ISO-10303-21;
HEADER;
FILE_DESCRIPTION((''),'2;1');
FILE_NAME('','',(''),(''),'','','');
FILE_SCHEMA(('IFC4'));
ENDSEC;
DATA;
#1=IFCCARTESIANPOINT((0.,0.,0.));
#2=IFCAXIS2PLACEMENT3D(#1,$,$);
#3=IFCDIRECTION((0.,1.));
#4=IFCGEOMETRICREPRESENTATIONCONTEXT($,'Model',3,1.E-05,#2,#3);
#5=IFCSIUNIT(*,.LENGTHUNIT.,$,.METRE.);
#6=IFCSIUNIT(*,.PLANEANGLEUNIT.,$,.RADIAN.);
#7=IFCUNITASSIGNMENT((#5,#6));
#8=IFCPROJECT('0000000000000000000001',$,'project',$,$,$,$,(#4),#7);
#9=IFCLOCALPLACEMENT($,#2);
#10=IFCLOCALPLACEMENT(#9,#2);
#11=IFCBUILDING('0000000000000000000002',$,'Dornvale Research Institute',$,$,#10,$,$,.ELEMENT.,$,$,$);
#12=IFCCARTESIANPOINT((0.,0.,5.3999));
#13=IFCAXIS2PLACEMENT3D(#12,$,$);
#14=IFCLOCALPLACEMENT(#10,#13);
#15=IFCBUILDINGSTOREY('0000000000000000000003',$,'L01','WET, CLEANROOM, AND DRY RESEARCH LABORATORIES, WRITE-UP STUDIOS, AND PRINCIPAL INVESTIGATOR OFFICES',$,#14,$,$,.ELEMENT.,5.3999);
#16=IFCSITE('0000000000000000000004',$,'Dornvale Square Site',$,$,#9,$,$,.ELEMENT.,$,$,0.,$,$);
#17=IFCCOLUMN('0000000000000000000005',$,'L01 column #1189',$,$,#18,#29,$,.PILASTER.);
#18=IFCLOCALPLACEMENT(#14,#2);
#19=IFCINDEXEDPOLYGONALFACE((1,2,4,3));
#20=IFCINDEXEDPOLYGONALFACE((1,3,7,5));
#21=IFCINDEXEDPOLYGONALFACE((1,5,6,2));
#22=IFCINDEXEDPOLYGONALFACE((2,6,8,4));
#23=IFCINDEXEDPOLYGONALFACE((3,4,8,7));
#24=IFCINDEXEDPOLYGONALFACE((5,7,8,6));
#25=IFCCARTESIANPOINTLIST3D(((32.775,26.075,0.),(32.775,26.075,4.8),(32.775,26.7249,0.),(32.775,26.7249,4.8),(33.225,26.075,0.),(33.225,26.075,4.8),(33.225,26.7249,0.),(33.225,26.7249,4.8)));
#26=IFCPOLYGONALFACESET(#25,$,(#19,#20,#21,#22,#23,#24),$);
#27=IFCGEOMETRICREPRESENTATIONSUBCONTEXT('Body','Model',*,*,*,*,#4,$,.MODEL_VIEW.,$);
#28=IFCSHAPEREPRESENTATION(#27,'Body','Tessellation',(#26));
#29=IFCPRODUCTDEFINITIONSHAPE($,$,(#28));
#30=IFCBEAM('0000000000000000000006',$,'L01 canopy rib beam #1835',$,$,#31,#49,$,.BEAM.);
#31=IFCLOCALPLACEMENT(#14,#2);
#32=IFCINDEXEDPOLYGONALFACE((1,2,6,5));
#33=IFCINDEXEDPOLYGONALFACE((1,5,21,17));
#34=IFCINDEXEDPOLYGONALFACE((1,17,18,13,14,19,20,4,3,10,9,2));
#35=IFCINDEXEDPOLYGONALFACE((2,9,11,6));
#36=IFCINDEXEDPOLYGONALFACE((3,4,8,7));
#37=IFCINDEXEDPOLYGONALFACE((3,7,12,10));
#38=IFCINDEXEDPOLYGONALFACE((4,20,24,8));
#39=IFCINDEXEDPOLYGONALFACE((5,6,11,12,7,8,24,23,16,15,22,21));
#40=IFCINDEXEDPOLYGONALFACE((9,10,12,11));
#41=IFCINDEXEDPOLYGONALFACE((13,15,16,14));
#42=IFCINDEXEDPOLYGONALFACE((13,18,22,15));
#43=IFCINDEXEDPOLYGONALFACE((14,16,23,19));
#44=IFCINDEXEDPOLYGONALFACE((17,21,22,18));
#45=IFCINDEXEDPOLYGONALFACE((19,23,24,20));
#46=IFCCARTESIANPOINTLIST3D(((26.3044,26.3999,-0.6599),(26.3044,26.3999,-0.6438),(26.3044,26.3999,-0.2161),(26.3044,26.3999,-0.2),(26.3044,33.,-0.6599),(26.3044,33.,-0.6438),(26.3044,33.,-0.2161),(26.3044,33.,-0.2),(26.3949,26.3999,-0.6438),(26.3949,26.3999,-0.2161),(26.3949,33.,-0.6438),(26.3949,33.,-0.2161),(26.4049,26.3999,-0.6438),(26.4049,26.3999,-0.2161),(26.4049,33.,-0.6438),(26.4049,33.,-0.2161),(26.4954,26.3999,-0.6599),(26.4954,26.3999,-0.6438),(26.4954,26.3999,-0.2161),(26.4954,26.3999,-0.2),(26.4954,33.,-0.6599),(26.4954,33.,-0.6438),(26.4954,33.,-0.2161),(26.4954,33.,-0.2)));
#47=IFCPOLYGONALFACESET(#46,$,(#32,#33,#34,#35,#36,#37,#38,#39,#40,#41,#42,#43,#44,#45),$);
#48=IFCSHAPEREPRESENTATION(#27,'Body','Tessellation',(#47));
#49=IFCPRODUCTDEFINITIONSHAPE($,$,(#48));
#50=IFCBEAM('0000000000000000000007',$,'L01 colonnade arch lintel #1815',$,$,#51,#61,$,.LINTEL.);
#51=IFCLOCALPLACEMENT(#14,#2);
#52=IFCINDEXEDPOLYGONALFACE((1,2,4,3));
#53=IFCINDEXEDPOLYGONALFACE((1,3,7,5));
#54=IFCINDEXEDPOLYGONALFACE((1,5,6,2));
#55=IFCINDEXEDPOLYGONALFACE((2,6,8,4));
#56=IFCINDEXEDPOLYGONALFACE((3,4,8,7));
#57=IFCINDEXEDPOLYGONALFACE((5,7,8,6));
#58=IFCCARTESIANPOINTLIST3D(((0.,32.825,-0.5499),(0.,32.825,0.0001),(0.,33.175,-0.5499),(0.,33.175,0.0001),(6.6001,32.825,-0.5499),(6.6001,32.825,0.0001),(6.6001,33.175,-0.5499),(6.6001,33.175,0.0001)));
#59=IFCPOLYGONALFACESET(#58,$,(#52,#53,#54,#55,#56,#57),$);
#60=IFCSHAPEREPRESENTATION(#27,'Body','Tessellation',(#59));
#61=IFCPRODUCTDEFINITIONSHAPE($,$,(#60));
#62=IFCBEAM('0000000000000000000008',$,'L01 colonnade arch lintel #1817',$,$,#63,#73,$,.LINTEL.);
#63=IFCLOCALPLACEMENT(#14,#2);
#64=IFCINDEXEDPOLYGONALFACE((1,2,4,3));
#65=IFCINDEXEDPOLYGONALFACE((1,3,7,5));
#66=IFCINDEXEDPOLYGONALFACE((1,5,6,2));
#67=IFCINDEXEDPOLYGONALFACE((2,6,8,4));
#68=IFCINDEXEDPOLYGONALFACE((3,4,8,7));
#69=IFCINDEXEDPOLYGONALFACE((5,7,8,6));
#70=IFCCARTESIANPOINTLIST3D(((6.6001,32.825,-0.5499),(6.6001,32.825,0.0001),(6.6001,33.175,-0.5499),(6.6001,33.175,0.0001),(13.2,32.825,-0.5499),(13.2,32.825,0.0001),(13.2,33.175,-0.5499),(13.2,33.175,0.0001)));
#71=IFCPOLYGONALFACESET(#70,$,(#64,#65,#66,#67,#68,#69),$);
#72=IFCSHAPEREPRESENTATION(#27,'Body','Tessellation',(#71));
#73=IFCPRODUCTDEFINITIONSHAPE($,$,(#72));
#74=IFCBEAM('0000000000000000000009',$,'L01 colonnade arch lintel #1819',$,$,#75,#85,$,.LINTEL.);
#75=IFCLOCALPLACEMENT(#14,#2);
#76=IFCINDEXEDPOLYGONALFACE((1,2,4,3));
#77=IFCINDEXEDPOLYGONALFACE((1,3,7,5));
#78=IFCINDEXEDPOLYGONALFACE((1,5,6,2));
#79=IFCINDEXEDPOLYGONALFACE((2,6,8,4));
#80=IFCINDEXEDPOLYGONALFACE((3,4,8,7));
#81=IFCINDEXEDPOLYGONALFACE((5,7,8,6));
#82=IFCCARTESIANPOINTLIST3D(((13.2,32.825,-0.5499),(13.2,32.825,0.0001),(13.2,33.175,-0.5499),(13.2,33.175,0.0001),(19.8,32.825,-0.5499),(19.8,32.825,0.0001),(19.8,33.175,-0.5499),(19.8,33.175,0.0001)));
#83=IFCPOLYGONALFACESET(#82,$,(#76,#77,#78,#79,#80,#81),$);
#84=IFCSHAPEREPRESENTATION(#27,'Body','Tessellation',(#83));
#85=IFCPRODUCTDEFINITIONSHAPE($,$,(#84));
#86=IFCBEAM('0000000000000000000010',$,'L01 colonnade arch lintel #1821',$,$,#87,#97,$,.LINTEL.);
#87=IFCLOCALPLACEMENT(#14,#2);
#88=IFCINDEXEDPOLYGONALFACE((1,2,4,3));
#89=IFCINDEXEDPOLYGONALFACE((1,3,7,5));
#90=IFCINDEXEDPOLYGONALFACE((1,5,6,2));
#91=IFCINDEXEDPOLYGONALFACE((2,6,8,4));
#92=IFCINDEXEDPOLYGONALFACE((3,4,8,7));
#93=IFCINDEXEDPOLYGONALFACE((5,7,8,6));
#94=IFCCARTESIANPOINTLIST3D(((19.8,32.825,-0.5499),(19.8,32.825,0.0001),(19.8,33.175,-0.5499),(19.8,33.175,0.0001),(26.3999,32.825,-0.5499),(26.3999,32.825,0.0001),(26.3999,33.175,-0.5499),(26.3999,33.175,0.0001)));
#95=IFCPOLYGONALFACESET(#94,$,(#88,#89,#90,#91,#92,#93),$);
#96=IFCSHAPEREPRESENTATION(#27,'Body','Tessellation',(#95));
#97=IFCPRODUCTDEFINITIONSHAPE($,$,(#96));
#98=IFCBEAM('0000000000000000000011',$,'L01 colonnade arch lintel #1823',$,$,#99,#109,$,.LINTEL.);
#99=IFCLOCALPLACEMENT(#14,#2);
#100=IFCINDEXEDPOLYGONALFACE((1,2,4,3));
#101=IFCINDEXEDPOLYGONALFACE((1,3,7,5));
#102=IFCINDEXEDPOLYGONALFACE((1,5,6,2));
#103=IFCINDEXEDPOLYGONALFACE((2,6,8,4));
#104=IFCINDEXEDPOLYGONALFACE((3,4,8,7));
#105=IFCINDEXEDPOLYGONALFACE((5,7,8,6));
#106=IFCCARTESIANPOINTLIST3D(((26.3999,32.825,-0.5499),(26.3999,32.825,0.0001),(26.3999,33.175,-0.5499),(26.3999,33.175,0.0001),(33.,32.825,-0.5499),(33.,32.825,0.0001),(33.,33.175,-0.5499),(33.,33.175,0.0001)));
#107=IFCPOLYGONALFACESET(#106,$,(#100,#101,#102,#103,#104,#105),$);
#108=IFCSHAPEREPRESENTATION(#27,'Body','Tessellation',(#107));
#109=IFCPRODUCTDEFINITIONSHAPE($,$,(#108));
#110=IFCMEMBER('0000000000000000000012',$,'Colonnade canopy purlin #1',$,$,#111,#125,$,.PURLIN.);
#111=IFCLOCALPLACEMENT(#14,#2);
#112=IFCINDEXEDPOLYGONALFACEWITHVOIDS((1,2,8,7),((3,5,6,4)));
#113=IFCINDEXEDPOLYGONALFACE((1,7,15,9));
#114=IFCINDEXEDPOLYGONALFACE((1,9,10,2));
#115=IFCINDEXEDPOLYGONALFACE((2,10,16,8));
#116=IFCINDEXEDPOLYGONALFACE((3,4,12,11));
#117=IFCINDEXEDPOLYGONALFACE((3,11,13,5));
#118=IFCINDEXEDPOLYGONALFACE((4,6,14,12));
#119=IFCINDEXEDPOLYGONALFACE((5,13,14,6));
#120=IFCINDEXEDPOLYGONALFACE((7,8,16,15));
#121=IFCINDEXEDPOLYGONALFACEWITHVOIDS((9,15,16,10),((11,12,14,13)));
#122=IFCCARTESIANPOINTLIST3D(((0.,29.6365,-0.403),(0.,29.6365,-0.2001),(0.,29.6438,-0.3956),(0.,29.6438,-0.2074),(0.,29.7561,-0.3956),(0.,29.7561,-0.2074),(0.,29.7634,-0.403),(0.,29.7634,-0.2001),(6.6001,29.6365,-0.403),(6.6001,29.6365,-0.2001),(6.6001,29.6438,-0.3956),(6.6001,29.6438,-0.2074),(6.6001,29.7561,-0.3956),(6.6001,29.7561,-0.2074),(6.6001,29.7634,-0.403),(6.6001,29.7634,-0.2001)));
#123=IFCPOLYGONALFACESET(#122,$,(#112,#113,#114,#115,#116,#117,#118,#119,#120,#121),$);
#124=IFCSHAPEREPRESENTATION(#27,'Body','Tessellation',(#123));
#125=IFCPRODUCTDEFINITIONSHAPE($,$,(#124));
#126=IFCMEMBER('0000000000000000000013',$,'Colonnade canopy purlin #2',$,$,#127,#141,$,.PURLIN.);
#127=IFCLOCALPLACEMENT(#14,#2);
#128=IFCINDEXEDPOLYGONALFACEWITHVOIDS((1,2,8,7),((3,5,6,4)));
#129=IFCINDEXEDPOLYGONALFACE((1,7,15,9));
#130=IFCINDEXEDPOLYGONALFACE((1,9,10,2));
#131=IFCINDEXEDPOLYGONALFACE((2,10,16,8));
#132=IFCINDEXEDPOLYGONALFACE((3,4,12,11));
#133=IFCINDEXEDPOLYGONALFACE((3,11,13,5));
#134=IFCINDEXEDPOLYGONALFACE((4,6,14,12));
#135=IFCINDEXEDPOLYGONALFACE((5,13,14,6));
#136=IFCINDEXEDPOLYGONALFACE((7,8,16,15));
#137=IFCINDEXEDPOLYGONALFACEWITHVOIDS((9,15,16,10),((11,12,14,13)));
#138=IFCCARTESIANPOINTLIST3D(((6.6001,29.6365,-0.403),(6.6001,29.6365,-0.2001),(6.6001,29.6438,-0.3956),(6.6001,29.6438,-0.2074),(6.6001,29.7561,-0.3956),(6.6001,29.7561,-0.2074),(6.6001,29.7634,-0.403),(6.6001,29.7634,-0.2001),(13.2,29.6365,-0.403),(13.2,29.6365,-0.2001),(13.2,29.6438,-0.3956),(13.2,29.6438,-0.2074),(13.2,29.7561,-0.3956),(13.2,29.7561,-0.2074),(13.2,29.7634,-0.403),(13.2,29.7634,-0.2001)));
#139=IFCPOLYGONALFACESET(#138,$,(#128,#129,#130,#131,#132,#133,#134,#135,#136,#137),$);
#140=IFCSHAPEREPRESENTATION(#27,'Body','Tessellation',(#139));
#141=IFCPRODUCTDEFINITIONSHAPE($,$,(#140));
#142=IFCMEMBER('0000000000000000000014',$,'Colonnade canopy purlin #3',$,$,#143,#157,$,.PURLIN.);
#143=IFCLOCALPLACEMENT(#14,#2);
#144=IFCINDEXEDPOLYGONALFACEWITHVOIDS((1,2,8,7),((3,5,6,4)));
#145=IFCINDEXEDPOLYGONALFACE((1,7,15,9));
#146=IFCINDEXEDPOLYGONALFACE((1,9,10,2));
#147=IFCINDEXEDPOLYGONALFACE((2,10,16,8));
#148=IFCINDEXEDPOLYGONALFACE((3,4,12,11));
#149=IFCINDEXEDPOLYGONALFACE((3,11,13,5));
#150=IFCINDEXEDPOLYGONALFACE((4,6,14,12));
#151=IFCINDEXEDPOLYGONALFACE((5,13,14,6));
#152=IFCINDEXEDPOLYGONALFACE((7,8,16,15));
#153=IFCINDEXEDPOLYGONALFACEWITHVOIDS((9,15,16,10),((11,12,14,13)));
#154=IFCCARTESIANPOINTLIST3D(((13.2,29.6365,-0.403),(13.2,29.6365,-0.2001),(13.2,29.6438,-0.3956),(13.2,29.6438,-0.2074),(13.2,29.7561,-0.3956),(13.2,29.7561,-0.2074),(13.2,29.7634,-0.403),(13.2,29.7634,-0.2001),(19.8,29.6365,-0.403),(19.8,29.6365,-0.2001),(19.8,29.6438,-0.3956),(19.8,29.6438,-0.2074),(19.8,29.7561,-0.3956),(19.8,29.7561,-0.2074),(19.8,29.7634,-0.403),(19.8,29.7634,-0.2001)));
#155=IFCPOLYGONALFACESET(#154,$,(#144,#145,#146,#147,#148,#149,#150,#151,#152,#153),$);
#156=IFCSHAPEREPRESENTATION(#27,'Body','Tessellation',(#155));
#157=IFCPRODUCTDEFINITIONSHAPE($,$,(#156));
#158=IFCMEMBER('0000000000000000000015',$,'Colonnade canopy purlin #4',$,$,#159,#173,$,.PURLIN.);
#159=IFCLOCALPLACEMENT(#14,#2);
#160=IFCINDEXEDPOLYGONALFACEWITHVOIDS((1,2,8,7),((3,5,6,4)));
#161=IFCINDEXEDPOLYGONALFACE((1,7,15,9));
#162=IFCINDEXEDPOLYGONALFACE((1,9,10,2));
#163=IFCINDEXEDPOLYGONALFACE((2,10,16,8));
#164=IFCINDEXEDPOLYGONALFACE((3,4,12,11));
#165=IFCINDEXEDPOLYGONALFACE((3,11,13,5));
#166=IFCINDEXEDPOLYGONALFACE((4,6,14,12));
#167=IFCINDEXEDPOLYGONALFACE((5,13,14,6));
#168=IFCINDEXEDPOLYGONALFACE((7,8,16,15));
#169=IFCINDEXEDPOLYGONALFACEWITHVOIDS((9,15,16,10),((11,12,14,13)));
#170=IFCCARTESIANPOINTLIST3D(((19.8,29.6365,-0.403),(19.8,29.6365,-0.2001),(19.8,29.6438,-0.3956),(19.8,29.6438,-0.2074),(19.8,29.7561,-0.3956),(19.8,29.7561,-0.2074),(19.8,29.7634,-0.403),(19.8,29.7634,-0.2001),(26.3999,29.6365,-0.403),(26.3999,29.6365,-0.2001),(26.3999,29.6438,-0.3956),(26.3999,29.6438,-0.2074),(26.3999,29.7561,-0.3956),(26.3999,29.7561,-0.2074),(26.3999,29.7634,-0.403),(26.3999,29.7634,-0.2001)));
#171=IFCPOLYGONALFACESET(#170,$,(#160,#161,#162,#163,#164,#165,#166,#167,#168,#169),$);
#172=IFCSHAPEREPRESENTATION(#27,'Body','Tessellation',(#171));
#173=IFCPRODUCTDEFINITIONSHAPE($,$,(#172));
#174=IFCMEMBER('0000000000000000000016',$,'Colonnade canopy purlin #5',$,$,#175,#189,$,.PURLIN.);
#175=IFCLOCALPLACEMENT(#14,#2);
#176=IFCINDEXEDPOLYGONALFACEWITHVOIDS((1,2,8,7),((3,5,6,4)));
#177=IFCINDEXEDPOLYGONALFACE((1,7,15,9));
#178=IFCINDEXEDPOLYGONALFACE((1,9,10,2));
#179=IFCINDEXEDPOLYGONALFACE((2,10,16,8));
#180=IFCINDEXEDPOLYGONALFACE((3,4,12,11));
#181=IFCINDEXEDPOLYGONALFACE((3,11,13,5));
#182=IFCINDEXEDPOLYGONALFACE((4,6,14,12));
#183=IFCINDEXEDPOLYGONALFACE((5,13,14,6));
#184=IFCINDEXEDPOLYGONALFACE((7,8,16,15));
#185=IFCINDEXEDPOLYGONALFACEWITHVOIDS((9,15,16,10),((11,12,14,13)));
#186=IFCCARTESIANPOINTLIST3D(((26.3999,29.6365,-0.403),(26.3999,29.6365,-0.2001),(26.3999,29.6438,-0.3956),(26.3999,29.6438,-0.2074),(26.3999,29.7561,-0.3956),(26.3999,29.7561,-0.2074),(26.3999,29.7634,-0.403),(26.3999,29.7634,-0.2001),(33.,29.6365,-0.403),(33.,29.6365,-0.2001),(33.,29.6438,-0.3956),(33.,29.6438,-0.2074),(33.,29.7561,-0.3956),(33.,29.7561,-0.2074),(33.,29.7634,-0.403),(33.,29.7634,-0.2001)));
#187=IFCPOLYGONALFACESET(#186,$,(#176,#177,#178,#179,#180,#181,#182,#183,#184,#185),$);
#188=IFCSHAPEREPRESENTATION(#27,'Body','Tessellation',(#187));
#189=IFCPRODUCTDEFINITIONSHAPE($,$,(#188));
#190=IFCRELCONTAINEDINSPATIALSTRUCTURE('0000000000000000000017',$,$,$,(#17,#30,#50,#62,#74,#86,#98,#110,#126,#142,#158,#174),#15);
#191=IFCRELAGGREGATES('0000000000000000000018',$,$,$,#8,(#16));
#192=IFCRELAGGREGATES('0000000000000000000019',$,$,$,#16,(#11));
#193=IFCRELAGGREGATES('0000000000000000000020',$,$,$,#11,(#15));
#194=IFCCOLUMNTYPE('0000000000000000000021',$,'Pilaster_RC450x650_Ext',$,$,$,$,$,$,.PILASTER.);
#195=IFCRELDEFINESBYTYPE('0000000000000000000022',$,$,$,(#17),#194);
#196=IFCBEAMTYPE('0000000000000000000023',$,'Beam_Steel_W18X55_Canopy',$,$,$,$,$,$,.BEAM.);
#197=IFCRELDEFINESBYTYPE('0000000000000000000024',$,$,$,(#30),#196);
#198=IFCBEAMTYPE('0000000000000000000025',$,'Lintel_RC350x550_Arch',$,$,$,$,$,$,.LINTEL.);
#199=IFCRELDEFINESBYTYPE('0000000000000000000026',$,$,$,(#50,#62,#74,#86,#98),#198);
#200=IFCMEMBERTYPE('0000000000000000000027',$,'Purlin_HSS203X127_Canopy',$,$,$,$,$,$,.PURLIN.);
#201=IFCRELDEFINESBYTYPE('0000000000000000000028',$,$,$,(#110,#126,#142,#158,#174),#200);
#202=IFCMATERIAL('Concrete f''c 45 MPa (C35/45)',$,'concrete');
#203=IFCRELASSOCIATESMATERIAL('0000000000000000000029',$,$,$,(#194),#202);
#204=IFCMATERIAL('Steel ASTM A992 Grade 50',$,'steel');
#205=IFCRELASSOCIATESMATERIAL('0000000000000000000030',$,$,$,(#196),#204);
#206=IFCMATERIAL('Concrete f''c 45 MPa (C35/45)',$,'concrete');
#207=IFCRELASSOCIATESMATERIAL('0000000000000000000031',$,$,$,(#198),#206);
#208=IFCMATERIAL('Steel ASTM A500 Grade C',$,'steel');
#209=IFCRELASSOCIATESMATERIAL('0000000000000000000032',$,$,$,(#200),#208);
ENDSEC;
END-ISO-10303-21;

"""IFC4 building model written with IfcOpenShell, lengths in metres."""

from ifc_helpers import new_model, si_unit, direction, frame, origin, origin_2d, place, context, subcontext, project, spatial, rectangle, hollow_rectangle, i_section, extrude, material, material_profile, profile_set, type_object, element, save


model = new_model("IFC4")

# Units and contexts
model_context = context("Model", 3, precision=1e-05, world=origin(), true_north=direction((0.0, 1.0)))
body_context = subcontext(model_context, "Body", "Model", "MODEL_VIEW")
ifc_project = project(units=[si_unit("LENGTHUNIT", "METRE"), si_unit("PLANEANGLEUNIT", "RADIAN")], contexts=[model_context])

# Site, building, storey
site_placement = place(None, origin())
site = spatial("IfcSite", under=ifc_project, at=site_placement, Name="Dornvale Square Site", CompositionType="ELEMENT", RefElevation=0.0)
building_placement = place(site_placement, origin())
building = spatial("IfcBuilding", under=site, at=building_placement, Name="Dornvale Research Institute", CompositionType="ELEMENT")
storey_placement = place(building_placement, frame((0.0, 0.0, 5.3999)))
storey = spatial("IfcBuildingStorey", under=building, at=storey_placement, Name="L01", Description="WET, CLEANROOM, AND DRY RESEARCH LABORATORIES, WRITE-UP STUDIOS, AND PRINCIPAL INVESTIGATOR OFFICES", CompositionType="ELEMENT", Elevation=5.3999)

# Column
ifc_material_1 = material(Name="Concrete f'c 45 MPa (C35/45)", Category="concrete")
ifc_material_profile_1 = material_profile(ifc_material_1, rectangle(XDim=0.45, YDim=0.6499, at=origin_2d()), Name="RC 450x650")
ifc_profile_set_1 = profile_set([ifc_material_profile_1], Name="Concrete f'c 45 MPa (C35/45)")
column_type = type_object("IfcColumnType", Name="Pilaster_RC450x650_Ext", PredefinedType="PILASTER", material=ifc_profile_set_1)
column_placement = place(storey_placement, frame((33.0, 26.3999, 0.0), z_axis=(0.0, 0.0, 1.0), x_axis=(1.0, 0.0, 0.0)))
element("IfcColumn", 1, at=column_placement, inside=storey, type_object=column_type, Name="L01 column #1189", PredefinedType="PILASTER", context=body_context, shape_type="SweptSolid", body=[
    extrude(rectangle(XDim=0.45, YDim=0.6499, at=origin_2d()), origin(), (0.0, 0.0, 1.0), 4.8),
])

# Beams
ifc_material_2 = material(Name="Steel ASTM A992 Grade 50", Category="steel")
ifc_material_profile_2 = material_profile(ifc_material_2, i_section(OverallWidth=0.1909, OverallDepth=0.46, WebThickness=0.01, FlangeThickness=0.0161, at=origin_2d()), Name="W18X55")
ifc_profile_set_2 = profile_set([ifc_material_profile_2], Name="Steel ASTM A992 Grade 50")
beam_type_1 = type_object("IfcBeamType", Name="Beam_Steel_W18X55_Canopy", PredefinedType="BEAM", material=ifc_profile_set_2)
beam_1_placement = place(storey_placement, frame((26.3999, 26.3999, -0.4299), z_axis=(0.0, 1.0, 0.0), x_axis=(-1.0, 0.0, 0.0)))
element("IfcBeam", 2, at=beam_1_placement, inside=storey, type_object=beam_type_1, Name="L01 canopy rib beam #1835", PredefinedType="BEAM", context=body_context, shape_type="SweptSolid", body=[
    extrude(i_section(OverallWidth=0.1909, OverallDepth=0.46, WebThickness=0.01, FlangeThickness=0.0161, at=origin_2d()), origin(), (0.0, 0.0, 1.0), 6.6001),
])
ifc_material_3 = material(Name="Concrete f'c 45 MPa (C35/45)", Category="concrete")
ifc_material_profile_3 = material_profile(ifc_material_3, rectangle(XDim=0.3501, YDim=0.55, at=origin_2d()), Name="RC 350x550")
ifc_profile_set_3 = profile_set([ifc_material_profile_3], Name="Concrete f'c 45 MPa (C35/45)")
beam_type_2 = type_object("IfcBeamType", Name="Lintel_RC350x550_Arch", PredefinedType="LINTEL", material=ifc_profile_set_3)
beam_2_placement = place(storey_placement, frame((0.0, 33.0, -0.2749), z_axis=(1.0, 0.0, 0.0), x_axis=(0.0, 1.0, 0.0)))
element("IfcBeam", 3, at=beam_2_placement, inside=storey, type_object=beam_type_2, Name="L01 colonnade arch lintel #1815", PredefinedType="LINTEL", context=body_context, shape_type="SweptSolid", body=[
    extrude(rectangle(XDim=0.3501, YDim=0.55, at=origin_2d()), origin(), (0.0, 0.0, 1.0), 6.6001),
])
beam_3_placement = place(storey_placement, frame((6.6001, 33.0, -0.2749), z_axis=(1.0, 0.0, 0.0), x_axis=(0.0, 1.0, 0.0)))
element("IfcBeam", 4, at=beam_3_placement, inside=storey, type_object=beam_type_2, Name="L01 colonnade arch lintel #1817", PredefinedType="LINTEL", context=body_context, shape_type="SweptSolid", body=[
    extrude(rectangle(XDim=0.3501, YDim=0.55, at=origin_2d()), origin(), (0.0, 0.0, 1.0), 6.5999),
])
beam_4_placement = place(storey_placement, frame((13.2, 33.0, -0.2749), z_axis=(1.0, 0.0, 0.0), x_axis=(0.0, 1.0, 0.0)))
element("IfcBeam", 5, at=beam_4_placement, inside=storey, type_object=beam_type_2, Name="L01 colonnade arch lintel #1819", PredefinedType="LINTEL", context=body_context, shape_type="SweptSolid", body=[
    extrude(rectangle(XDim=0.3501, YDim=0.55, at=origin_2d()), origin(), (0.0, 0.0, 1.0), 6.6001),
])
beam_5_placement = place(storey_placement, frame((19.8, 33.0, -0.2749), z_axis=(1.0, 0.0, 0.0), x_axis=(0.0, 1.0, 0.0)))
element("IfcBeam", 6, at=beam_5_placement, inside=storey, type_object=beam_type_2, Name="L01 colonnade arch lintel #1821", PredefinedType="LINTEL", context=body_context, shape_type="SweptSolid", body=[
    extrude(rectangle(XDim=0.3501, YDim=0.55, at=origin_2d()), origin(), (0.0, 0.0, 1.0), 6.5999),
])
beam_6_placement = place(storey_placement, frame((26.3999, 33.0, -0.2749), z_axis=(1.0, 0.0, 0.0), x_axis=(0.0, 1.0, 0.0)))
element("IfcBeam", 7, at=beam_6_placement, inside=storey, type_object=beam_type_2, Name="L01 colonnade arch lintel #1823", PredefinedType="LINTEL", context=body_context, shape_type="SweptSolid", body=[
    extrude(rectangle(XDim=0.3501, YDim=0.55, at=origin_2d()), origin(), (0.0, 0.0, 1.0), 6.6001),
])

# Members
ifc_material_4 = material(Name="Steel ASTM A500 Grade C", Category="steel")
ifc_material_profile_4 = material_profile(ifc_material_4, hollow_rectangle(XDim=0.127, YDim=0.2029, WallThickness=0.0073, at=origin_2d()), Name="HSS203X127X7.9")
ifc_profile_set_4 = profile_set([ifc_material_profile_4], Name="Steel ASTM A500 Grade C")
member_type = type_object("IfcMemberType", Name="Purlin_HSS203X127_Canopy", PredefinedType="PURLIN", material=ifc_profile_set_4)
member_1_placement = place(storey_placement, frame((0.0, 29.7, -0.3015), z_axis=(1.0, 0.0, 0.0), x_axis=(0.0, 1.0, 0.0)))
element("IfcMember", 8, at=member_1_placement, inside=storey, type_object=member_type, Name="Colonnade canopy purlin #1", PredefinedType="PURLIN", context=body_context, shape_type="SweptSolid", body=[
    extrude(hollow_rectangle(XDim=0.127, YDim=0.2029, WallThickness=0.0073, at=origin_2d()), origin(), (0.0, 0.0, 1.0), 6.6001),
])
member_2_placement = place(storey_placement, frame((6.6001, 29.7, -0.3015), z_axis=(1.0, 0.0, 0.0), x_axis=(0.0, 1.0, 0.0)))
element("IfcMember", 9, at=member_2_placement, inside=storey, type_object=member_type, Name="Colonnade canopy purlin #2", PredefinedType="PURLIN", context=body_context, shape_type="SweptSolid", body=[
    extrude(hollow_rectangle(XDim=0.127, YDim=0.2029, WallThickness=0.0073, at=origin_2d()), origin(), (0.0, 0.0, 1.0), 6.5999),
])
member_3_placement = place(storey_placement, frame((13.2, 29.7, -0.3015), z_axis=(1.0, 0.0, 0.0), x_axis=(0.0, 1.0, 0.0)))
element("IfcMember", 10, at=member_3_placement, inside=storey, type_object=member_type, Name="Colonnade canopy purlin #3", PredefinedType="PURLIN", context=body_context, shape_type="SweptSolid", body=[
    extrude(hollow_rectangle(XDim=0.127, YDim=0.2029, WallThickness=0.0073, at=origin_2d()), origin(), (0.0, 0.0, 1.0), 6.6001),
])
member_4_placement = place(storey_placement, frame((19.8, 29.7, -0.3015), z_axis=(1.0, 0.0, 0.0), x_axis=(0.0, 1.0, 0.0)))
element("IfcMember", 11, at=member_4_placement, inside=storey, type_object=member_type, Name="Colonnade canopy purlin #4", PredefinedType="PURLIN", context=body_context, shape_type="SweptSolid", body=[
    extrude(hollow_rectangle(XDim=0.127, YDim=0.2029, WallThickness=0.0073, at=origin_2d()), origin(), (0.0, 0.0, 1.0), 6.5999),
])
member_5_placement = place(storey_placement, frame((26.3999, 29.7, -0.3015), z_axis=(1.0, 0.0, 0.0), x_axis=(0.0, 1.0, 0.0)))
element("IfcMember", 12, at=member_5_placement, inside=storey, type_object=member_type, Name="Colonnade canopy purlin #5", PredefinedType="PURLIN", context=body_context, shape_type="SweptSolid", body=[
    extrude(hollow_rectangle(XDim=0.127, YDim=0.2029, WallThickness=0.0073, at=origin_2d()), origin(), (0.0, 0.0, 1.0), 6.6001),
])

save(model, "model.ifc")
